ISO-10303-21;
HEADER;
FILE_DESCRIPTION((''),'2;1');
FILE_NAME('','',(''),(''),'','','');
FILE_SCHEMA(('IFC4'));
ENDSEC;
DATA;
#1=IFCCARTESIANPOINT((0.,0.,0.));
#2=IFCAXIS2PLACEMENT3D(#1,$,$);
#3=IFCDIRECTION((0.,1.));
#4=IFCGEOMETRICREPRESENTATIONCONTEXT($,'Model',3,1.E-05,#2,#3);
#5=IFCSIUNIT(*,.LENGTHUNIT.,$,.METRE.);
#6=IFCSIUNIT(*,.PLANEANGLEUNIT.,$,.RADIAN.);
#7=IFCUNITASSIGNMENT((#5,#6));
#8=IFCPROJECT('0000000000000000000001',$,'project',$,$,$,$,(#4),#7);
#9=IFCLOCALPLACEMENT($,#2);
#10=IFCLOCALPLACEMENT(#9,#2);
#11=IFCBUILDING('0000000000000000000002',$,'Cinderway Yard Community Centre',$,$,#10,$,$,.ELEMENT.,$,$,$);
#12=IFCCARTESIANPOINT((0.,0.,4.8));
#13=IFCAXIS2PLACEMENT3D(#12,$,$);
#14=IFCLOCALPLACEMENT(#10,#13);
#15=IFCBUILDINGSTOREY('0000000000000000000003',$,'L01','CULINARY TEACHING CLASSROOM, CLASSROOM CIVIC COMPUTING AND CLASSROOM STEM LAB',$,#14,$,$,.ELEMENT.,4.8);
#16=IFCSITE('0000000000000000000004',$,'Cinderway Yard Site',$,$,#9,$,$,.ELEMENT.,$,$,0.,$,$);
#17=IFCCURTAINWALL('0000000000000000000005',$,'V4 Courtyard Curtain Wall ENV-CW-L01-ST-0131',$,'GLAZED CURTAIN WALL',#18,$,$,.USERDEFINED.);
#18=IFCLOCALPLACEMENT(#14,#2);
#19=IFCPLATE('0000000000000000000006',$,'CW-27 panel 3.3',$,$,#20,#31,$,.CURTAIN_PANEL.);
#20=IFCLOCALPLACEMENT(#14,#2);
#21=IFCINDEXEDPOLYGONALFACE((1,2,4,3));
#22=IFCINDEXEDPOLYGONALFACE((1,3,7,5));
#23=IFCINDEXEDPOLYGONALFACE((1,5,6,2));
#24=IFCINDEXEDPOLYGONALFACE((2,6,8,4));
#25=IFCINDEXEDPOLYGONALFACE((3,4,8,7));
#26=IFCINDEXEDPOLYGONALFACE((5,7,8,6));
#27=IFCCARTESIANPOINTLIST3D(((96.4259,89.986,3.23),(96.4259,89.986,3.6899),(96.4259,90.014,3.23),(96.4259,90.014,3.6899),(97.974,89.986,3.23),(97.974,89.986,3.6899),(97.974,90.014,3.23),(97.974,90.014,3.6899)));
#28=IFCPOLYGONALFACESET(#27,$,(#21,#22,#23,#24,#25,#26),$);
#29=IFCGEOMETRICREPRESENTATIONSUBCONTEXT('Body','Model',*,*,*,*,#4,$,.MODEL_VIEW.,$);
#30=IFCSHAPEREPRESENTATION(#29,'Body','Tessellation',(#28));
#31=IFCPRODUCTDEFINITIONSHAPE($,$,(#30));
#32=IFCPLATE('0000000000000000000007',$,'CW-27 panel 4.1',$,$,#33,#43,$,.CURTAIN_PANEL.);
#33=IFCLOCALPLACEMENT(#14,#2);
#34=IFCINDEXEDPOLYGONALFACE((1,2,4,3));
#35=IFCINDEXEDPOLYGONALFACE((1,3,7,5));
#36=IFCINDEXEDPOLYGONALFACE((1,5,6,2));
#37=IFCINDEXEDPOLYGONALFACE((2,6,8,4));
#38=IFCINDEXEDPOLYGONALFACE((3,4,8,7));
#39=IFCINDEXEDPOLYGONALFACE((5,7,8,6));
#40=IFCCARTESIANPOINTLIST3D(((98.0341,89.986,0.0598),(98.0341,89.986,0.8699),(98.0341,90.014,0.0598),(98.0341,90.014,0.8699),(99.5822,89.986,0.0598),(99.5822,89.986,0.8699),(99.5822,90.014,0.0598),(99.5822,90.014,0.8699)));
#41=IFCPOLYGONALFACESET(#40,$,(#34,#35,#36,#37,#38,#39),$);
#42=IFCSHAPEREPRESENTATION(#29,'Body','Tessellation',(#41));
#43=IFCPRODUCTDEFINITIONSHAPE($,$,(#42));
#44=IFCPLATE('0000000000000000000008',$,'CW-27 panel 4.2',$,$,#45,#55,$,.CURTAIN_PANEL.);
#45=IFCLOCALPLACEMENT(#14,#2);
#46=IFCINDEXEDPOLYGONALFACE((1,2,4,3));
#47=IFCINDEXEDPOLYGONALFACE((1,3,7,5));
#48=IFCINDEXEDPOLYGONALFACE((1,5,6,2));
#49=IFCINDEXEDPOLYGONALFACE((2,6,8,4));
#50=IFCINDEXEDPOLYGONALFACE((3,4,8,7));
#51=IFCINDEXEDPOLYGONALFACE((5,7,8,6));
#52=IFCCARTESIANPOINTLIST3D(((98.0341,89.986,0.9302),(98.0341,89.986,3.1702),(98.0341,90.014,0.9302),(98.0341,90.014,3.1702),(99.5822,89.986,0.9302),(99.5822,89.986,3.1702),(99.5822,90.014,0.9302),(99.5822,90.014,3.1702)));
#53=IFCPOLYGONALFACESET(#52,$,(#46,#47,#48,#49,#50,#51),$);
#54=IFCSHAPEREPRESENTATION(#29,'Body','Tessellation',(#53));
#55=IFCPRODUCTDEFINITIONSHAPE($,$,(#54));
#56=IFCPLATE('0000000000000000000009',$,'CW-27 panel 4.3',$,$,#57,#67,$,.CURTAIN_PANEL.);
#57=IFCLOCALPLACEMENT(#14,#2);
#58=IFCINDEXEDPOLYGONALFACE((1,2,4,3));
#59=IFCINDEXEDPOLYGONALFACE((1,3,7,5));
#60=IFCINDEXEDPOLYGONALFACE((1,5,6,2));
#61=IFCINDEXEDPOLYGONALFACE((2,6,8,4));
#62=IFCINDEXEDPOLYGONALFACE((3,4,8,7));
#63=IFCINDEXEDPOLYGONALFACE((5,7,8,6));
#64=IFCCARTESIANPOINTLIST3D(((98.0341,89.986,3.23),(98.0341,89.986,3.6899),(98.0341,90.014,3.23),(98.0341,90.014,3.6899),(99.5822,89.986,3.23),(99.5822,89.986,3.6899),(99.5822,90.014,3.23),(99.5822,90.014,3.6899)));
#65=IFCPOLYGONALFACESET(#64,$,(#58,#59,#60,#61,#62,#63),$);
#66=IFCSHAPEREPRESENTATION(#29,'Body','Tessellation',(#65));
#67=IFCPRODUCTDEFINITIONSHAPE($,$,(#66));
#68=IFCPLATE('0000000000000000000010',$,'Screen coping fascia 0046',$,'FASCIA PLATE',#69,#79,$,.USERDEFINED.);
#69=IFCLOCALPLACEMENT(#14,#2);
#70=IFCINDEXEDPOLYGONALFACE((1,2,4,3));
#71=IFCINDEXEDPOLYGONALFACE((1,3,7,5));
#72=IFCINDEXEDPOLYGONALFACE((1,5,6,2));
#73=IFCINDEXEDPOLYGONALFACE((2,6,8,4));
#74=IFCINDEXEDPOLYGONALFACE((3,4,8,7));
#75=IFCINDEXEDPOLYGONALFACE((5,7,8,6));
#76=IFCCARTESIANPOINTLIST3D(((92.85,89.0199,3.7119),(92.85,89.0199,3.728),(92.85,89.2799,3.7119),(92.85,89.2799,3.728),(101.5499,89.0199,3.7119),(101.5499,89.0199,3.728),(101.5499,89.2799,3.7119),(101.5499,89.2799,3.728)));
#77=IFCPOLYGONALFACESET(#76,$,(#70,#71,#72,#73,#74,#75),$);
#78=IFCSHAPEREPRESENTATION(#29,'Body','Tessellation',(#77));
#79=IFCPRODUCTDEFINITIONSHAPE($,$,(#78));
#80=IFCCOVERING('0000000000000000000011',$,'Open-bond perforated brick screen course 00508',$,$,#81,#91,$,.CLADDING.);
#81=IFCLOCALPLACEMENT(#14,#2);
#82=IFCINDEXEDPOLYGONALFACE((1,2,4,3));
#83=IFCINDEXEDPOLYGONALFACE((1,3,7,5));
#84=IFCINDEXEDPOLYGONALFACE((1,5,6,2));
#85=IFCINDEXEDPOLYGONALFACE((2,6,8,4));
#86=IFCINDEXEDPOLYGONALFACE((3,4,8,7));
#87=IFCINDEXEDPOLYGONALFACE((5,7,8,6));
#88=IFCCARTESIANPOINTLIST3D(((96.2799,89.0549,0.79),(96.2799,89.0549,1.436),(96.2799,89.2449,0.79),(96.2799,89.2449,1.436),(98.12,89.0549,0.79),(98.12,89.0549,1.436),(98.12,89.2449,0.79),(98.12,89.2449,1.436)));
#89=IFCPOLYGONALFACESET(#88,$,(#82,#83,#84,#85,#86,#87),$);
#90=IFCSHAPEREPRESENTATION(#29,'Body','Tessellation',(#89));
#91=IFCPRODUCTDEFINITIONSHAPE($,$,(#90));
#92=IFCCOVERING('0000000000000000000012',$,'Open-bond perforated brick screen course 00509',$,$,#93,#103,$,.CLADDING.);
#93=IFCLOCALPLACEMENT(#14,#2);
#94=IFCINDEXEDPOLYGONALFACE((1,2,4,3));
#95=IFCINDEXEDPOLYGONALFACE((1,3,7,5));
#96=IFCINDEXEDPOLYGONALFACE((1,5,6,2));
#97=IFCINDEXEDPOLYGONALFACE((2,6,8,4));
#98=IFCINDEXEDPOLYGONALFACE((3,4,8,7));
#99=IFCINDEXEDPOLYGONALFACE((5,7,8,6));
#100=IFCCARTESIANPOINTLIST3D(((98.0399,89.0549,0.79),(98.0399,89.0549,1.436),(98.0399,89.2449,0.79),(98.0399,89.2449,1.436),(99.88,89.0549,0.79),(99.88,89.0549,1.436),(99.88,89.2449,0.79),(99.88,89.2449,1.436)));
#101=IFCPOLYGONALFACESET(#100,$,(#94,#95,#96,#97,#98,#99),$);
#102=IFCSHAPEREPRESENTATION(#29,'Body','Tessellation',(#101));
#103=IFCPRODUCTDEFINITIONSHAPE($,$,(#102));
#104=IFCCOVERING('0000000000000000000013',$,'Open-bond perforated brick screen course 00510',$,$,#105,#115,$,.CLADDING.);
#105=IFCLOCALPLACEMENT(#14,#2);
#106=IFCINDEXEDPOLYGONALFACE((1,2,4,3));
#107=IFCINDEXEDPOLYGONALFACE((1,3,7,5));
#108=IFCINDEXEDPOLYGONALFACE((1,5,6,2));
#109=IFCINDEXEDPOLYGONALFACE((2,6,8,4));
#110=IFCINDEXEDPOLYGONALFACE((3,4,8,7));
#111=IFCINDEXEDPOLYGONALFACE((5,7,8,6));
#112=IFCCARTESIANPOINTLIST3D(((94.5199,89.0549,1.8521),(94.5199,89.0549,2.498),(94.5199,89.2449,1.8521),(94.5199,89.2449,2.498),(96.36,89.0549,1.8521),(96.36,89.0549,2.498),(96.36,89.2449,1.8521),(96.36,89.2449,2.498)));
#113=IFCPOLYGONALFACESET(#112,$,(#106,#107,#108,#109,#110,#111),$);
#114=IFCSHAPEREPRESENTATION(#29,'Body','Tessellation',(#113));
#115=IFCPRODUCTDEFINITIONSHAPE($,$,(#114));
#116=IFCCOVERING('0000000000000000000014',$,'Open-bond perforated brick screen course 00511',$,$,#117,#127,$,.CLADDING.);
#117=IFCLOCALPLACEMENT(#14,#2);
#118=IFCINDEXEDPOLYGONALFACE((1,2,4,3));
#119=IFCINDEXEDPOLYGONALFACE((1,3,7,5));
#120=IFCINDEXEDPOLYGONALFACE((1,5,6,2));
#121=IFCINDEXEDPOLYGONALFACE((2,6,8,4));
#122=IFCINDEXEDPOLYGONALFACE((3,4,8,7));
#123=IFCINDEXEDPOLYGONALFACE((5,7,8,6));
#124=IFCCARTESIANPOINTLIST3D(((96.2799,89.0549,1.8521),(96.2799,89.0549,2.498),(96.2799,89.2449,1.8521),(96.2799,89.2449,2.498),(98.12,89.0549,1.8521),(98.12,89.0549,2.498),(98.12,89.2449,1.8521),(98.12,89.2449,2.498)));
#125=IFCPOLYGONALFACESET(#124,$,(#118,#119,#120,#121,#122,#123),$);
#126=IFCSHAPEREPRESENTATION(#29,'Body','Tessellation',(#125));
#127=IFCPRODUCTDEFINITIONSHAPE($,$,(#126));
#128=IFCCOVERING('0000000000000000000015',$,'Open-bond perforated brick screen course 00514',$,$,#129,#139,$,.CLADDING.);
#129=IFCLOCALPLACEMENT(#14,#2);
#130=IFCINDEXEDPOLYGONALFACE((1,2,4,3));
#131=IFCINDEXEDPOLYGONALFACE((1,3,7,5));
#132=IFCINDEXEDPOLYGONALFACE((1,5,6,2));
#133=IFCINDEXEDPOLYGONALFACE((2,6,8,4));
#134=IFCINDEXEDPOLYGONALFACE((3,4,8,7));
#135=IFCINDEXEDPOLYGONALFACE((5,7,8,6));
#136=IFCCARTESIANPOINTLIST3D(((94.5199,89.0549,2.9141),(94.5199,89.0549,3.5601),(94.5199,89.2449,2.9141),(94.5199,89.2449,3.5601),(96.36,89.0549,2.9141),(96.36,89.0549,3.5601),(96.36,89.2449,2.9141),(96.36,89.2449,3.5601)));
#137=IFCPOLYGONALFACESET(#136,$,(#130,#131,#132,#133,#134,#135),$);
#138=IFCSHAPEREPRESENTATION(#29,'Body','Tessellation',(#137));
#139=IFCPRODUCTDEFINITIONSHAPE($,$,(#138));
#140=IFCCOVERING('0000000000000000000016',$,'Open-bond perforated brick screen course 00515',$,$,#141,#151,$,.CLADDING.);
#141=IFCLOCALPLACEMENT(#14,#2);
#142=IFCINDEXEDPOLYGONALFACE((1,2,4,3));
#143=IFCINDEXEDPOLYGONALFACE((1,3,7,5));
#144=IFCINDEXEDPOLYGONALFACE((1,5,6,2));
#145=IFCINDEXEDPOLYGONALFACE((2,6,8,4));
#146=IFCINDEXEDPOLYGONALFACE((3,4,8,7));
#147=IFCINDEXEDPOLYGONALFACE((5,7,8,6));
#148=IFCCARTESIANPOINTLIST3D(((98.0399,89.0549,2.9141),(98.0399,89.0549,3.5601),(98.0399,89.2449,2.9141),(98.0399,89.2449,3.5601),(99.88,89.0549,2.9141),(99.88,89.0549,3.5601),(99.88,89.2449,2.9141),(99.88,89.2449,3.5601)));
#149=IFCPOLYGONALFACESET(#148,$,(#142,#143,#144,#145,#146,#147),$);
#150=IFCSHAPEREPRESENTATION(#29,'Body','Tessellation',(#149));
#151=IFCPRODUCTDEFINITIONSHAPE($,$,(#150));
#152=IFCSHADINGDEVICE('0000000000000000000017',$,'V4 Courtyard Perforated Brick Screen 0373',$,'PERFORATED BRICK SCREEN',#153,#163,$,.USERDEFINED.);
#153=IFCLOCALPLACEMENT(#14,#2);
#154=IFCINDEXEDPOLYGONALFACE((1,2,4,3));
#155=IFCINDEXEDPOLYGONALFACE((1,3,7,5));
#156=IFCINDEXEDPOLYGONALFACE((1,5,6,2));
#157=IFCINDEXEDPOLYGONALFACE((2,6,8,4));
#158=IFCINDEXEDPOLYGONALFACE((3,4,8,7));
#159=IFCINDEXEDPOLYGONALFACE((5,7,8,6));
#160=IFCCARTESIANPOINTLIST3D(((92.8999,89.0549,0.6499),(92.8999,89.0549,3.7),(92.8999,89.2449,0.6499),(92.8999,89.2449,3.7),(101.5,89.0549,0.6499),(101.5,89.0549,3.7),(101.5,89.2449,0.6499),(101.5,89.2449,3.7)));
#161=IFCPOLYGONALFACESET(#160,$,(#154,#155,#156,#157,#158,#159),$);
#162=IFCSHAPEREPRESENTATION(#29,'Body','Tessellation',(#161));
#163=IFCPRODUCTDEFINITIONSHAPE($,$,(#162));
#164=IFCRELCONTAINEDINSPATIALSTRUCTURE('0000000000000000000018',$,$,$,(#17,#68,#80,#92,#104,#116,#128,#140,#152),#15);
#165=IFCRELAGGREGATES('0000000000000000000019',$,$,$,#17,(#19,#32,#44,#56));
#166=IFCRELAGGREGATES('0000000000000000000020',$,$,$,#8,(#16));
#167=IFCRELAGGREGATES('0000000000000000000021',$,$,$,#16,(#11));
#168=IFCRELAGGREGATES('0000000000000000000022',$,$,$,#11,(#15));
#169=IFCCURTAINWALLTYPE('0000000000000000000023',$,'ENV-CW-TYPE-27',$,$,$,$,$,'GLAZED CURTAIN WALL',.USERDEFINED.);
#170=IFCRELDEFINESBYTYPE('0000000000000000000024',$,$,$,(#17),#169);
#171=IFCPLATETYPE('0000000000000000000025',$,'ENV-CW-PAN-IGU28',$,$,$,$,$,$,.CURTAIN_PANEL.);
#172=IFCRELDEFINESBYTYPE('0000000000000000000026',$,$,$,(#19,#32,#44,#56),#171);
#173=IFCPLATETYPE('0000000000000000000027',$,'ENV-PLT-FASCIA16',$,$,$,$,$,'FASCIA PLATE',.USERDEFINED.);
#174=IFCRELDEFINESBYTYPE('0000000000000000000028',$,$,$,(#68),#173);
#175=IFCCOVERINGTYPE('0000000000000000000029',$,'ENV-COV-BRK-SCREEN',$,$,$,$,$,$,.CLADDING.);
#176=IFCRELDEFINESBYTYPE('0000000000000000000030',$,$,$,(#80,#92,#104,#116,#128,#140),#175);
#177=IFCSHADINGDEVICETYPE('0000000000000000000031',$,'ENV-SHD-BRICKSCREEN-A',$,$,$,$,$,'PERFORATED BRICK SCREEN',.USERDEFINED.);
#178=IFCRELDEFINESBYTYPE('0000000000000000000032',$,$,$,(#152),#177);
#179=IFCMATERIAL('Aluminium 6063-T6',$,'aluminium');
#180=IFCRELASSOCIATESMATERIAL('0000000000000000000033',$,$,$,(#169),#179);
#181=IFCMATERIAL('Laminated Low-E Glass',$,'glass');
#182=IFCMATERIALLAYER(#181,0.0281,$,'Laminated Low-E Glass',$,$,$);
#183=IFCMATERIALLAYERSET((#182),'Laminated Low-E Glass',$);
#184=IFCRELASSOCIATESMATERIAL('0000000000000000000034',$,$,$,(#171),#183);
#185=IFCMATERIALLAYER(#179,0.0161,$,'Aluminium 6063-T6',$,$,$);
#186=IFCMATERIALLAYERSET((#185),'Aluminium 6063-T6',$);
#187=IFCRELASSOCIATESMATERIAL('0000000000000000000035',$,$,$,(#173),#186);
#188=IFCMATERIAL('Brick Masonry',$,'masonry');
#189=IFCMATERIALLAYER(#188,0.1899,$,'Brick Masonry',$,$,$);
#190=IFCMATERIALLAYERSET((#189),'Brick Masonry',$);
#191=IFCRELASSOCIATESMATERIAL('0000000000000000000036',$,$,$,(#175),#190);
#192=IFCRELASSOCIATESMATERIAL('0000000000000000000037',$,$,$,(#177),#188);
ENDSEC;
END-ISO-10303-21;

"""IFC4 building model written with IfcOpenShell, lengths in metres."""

from ifc_helpers import new_model, si_unit, direction, frame, origin, origin_2d, place, context, subcontext, project, spatial, rectangle, extrude, material, layer, layer_set, type_object, element, aggregate, save


model = new_model("IFC4")

# Units and contexts
model_context = context("Model", 3, precision=1e-05, world=origin(), true_north=direction((0.0, 1.0)))
body_context = subcontext(model_context, "Body", "Model", "MODEL_VIEW")
ifc_project = project(units=[si_unit("LENGTHUNIT", "METRE"), si_unit("PLANEANGLEUNIT", "RADIAN")], contexts=[model_context])

# Site, building, storey
site_placement = place(None, origin())
site = spatial("IfcSite", under=ifc_project, at=site_placement, Name="Cinderway Yard Site", CompositionType="ELEMENT", RefElevation=0.0)
building_placement = place(site_placement, origin())
building = spatial("IfcBuilding", under=site, at=building_placement, Name="Cinderway Yard Community Centre", CompositionType="ELEMENT")
storey_placement = place(building_placement, frame((0.0, 0.0, 4.8)))
storey = spatial("IfcBuildingStorey", under=building, at=storey_placement, Name="L01", Description="CULINARY TEACHING CLASSROOM, CLASSROOM CIVIC COMPUTING AND CLASSROOM STEM LAB", CompositionType="ELEMENT", Elevation=4.8)

# Curtain wall
ifc_material_1 = material(Name="Aluminium 6063-T6", Category="aluminium")
curtain_wall_type = type_object("IfcCurtainWallType", Name="ENV-CW-TYPE-27", ElementType="GLAZED CURTAIN WALL", PredefinedType="USERDEFINED", material=ifc_material_1)
curtain_wall_placement = place(storey_placement, origin())
curtain_wall = element("IfcCurtainWall", 1, at=curtain_wall_placement, inside=storey, type_object=curtain_wall_type, Name="V4 Courtyard Curtain Wall ENV-CW-L01-ST-0131", ObjectType="GLAZED CURTAIN WALL", PredefinedType="USERDEFINED")

# Plates
ifc_material_2 = material(Name="Laminated Low-E Glass", Category="glass")
ifc_layer_1 = layer(ifc_material_2, 0.0281, Name="Laminated Low-E Glass")
ifc_layer_set_1 = layer_set([ifc_layer_1], Name="Laminated Low-E Glass")
plate_type_1 = type_object("IfcPlateType", Name="ENV-CW-PAN-IGU28", PredefinedType="CURTAIN_PANEL", material=ifc_layer_set_1)
plate_1_placement = place(storey_placement, frame((97.2, 90.0, 3.23), z_axis=(0.0, 0.0, 1.0), x_axis=(1.0, 0.0, 0.0)))
plate_1 = element("IfcPlate", 2, at=plate_1_placement, type_object=plate_type_1, Name="CW-27 panel 3.3", PredefinedType="CURTAIN_PANEL", context=body_context, shape_type="SweptSolid", body=[
    extrude(rectangle(XDim=1.5481, YDim=0.0281, at=origin_2d()), origin(), (0.0, 0.0, 1.0), 0.46),
])
plate_2_placement = place(storey_placement, frame((98.8081, 90.0, 0.0598), z_axis=(0.0, 0.0, 1.0), x_axis=(1.0, 0.0, 0.0)))
plate_2 = element("IfcPlate", 3, at=plate_2_placement, type_object=plate_type_1, Name="CW-27 panel 4.1", PredefinedType="CURTAIN_PANEL", context=body_context, shape_type="SweptSolid", body=[
    extrude(rectangle(XDim=1.5481, YDim=0.0281, at=origin_2d()), origin(), (0.0, 0.0, 1.0), 0.8101),
])
plate_3_placement = place(storey_placement, frame((98.8081, 90.0, 0.9302), z_axis=(0.0, 0.0, 1.0), x_axis=(1.0, 0.0, 0.0)))
plate_3 = element("IfcPlate", 4, at=plate_3_placement, type_object=plate_type_1, Name="CW-27 panel 4.2", PredefinedType="CURTAIN_PANEL", context=body_context, shape_type="SweptSolid", body=[
    extrude(rectangle(XDim=1.5481, YDim=0.0281, at=origin_2d()), origin(), (0.0, 0.0, 1.0), 2.24),
])
plate_4_placement = place(storey_placement, frame((98.8081, 90.0, 3.23), z_axis=(0.0, 0.0, 1.0), x_axis=(1.0, 0.0, 0.0)))
plate_4 = element("IfcPlate", 5, at=plate_4_placement, type_object=plate_type_1, Name="CW-27 panel 4.3", PredefinedType="CURTAIN_PANEL", context=body_context, shape_type="SweptSolid", body=[
    extrude(rectangle(XDim=1.5481, YDim=0.0281, at=origin_2d()), origin(), (0.0, 0.0, 1.0), 0.46),
])
aggregate(curtain_wall, [plate_1, plate_2, plate_3, plate_4])
ifc_layer_2 = layer(ifc_material_1, 0.0161, Name="Aluminium 6063-T6")
ifc_layer_set_2 = layer_set([ifc_layer_2], Name="Aluminium 6063-T6")
plate_type_2 = type_object("IfcPlateType", Name="ENV-PLT-FASCIA16", ElementType="FASCIA PLATE", PredefinedType="USERDEFINED", material=ifc_layer_set_2)
plate_5_placement = place(storey_placement, frame((97.2, 89.1499, 3.7119), z_axis=(0.0, 0.0, 1.0), x_axis=(-1.0, 0.0, 0.0)))
element("IfcPlate", 6, at=plate_5_placement, inside=storey, type_object=plate_type_2, Name="Screen coping fascia 0046", ObjectType="FASCIA PLATE", PredefinedType="USERDEFINED", context=body_context, shape_type="SweptSolid", body=[
    extrude(rectangle(XDim=8.7, YDim=0.26, at=origin_2d()), origin(), (0.0, 0.0, 1.0), 0.0161),
])

# Coverings
ifc_material_3 = material(Name="Brick Masonry", Category="masonry")
ifc_layer_3 = layer(ifc_material_3, 0.1899, Name="Brick Masonry")
ifc_layer_set_3 = layer_set([ifc_layer_3], Name="Brick Masonry")
covering_type = type_object("IfcCoveringType", Name="ENV-COV-BRK-SCREEN", PredefinedType="CLADDING", material=ifc_layer_set_3)
for number, where, z_axis, x_axis, name in (
    (7, (97.2, 89.1499, 0.79), (0.0, 0.0, 1.0), (-1.0, 0.0, 0.0), "Open-bond perforated brick screen course 00508"),
    (8, (98.96, 89.1499, 0.79), (0.0, 0.0, 1.0), (-1.0, 0.0, 0.0), "Open-bond perforated brick screen course 00509"),
    (9, (95.4399, 89.1499, 1.8521), (0.0, 0.0, 1.0), (-1.0, 0.0, 0.0), "Open-bond perforated brick screen course 00510"),
    (10, (97.2, 89.1499, 1.8521), (0.0, 0.0, 1.0), (-1.0, 0.0, 0.0), "Open-bond perforated brick screen course 00511"),
    (11, (95.4399, 89.1499, 2.9141), (0.0, 0.0, 1.0), (-1.0, 0.0, 0.0), "Open-bond perforated brick screen course 00514"),
    (12, (98.96, 89.1499, 2.9141), (0.0, 0.0, 1.0), (-1.0, 0.0, 0.0), "Open-bond perforated brick screen course 00515"),
):
    element("IfcCovering", number, at=place(storey_placement, frame(where, z_axis=z_axis, x_axis=x_axis)), inside=storey, type_object=covering_type, Name=name, PredefinedType="CLADDING", context=body_context, shape_type="SweptSolid", body=[
        extrude(rectangle(XDim=1.8401, YDim=0.1899, at=origin_2d()), origin(), (0.0, 0.0, 1.0), 0.646),
    ])

# Shading device
shading_device_type = type_object("IfcShadingDeviceType", Name="ENV-SHD-BRICKSCREEN-A", ElementType="PERFORATED BRICK SCREEN", PredefinedType="USERDEFINED", material=ifc_material_3)
shading_device_placement = place(storey_placement, frame((97.2, 89.1499, 0.6499), z_axis=(0.0, 0.0, 1.0), x_axis=(-1.0, 0.0, 0.0)))
element("IfcShadingDevice", 13, at=shading_device_placement, inside=storey, type_object=shading_device_type, Name="V4 Courtyard Perforated Brick Screen 0373", ObjectType="PERFORATED BRICK SCREEN", PredefinedType="USERDEFINED", context=body_context, shape_type="SweptSolid", body=[
    extrude(rectangle(XDim=8.6001, YDim=0.1899, at=origin_2d()), origin(), (0.0, 0.0, 1.0), 3.05),
])

save(model, "model.ifc")
